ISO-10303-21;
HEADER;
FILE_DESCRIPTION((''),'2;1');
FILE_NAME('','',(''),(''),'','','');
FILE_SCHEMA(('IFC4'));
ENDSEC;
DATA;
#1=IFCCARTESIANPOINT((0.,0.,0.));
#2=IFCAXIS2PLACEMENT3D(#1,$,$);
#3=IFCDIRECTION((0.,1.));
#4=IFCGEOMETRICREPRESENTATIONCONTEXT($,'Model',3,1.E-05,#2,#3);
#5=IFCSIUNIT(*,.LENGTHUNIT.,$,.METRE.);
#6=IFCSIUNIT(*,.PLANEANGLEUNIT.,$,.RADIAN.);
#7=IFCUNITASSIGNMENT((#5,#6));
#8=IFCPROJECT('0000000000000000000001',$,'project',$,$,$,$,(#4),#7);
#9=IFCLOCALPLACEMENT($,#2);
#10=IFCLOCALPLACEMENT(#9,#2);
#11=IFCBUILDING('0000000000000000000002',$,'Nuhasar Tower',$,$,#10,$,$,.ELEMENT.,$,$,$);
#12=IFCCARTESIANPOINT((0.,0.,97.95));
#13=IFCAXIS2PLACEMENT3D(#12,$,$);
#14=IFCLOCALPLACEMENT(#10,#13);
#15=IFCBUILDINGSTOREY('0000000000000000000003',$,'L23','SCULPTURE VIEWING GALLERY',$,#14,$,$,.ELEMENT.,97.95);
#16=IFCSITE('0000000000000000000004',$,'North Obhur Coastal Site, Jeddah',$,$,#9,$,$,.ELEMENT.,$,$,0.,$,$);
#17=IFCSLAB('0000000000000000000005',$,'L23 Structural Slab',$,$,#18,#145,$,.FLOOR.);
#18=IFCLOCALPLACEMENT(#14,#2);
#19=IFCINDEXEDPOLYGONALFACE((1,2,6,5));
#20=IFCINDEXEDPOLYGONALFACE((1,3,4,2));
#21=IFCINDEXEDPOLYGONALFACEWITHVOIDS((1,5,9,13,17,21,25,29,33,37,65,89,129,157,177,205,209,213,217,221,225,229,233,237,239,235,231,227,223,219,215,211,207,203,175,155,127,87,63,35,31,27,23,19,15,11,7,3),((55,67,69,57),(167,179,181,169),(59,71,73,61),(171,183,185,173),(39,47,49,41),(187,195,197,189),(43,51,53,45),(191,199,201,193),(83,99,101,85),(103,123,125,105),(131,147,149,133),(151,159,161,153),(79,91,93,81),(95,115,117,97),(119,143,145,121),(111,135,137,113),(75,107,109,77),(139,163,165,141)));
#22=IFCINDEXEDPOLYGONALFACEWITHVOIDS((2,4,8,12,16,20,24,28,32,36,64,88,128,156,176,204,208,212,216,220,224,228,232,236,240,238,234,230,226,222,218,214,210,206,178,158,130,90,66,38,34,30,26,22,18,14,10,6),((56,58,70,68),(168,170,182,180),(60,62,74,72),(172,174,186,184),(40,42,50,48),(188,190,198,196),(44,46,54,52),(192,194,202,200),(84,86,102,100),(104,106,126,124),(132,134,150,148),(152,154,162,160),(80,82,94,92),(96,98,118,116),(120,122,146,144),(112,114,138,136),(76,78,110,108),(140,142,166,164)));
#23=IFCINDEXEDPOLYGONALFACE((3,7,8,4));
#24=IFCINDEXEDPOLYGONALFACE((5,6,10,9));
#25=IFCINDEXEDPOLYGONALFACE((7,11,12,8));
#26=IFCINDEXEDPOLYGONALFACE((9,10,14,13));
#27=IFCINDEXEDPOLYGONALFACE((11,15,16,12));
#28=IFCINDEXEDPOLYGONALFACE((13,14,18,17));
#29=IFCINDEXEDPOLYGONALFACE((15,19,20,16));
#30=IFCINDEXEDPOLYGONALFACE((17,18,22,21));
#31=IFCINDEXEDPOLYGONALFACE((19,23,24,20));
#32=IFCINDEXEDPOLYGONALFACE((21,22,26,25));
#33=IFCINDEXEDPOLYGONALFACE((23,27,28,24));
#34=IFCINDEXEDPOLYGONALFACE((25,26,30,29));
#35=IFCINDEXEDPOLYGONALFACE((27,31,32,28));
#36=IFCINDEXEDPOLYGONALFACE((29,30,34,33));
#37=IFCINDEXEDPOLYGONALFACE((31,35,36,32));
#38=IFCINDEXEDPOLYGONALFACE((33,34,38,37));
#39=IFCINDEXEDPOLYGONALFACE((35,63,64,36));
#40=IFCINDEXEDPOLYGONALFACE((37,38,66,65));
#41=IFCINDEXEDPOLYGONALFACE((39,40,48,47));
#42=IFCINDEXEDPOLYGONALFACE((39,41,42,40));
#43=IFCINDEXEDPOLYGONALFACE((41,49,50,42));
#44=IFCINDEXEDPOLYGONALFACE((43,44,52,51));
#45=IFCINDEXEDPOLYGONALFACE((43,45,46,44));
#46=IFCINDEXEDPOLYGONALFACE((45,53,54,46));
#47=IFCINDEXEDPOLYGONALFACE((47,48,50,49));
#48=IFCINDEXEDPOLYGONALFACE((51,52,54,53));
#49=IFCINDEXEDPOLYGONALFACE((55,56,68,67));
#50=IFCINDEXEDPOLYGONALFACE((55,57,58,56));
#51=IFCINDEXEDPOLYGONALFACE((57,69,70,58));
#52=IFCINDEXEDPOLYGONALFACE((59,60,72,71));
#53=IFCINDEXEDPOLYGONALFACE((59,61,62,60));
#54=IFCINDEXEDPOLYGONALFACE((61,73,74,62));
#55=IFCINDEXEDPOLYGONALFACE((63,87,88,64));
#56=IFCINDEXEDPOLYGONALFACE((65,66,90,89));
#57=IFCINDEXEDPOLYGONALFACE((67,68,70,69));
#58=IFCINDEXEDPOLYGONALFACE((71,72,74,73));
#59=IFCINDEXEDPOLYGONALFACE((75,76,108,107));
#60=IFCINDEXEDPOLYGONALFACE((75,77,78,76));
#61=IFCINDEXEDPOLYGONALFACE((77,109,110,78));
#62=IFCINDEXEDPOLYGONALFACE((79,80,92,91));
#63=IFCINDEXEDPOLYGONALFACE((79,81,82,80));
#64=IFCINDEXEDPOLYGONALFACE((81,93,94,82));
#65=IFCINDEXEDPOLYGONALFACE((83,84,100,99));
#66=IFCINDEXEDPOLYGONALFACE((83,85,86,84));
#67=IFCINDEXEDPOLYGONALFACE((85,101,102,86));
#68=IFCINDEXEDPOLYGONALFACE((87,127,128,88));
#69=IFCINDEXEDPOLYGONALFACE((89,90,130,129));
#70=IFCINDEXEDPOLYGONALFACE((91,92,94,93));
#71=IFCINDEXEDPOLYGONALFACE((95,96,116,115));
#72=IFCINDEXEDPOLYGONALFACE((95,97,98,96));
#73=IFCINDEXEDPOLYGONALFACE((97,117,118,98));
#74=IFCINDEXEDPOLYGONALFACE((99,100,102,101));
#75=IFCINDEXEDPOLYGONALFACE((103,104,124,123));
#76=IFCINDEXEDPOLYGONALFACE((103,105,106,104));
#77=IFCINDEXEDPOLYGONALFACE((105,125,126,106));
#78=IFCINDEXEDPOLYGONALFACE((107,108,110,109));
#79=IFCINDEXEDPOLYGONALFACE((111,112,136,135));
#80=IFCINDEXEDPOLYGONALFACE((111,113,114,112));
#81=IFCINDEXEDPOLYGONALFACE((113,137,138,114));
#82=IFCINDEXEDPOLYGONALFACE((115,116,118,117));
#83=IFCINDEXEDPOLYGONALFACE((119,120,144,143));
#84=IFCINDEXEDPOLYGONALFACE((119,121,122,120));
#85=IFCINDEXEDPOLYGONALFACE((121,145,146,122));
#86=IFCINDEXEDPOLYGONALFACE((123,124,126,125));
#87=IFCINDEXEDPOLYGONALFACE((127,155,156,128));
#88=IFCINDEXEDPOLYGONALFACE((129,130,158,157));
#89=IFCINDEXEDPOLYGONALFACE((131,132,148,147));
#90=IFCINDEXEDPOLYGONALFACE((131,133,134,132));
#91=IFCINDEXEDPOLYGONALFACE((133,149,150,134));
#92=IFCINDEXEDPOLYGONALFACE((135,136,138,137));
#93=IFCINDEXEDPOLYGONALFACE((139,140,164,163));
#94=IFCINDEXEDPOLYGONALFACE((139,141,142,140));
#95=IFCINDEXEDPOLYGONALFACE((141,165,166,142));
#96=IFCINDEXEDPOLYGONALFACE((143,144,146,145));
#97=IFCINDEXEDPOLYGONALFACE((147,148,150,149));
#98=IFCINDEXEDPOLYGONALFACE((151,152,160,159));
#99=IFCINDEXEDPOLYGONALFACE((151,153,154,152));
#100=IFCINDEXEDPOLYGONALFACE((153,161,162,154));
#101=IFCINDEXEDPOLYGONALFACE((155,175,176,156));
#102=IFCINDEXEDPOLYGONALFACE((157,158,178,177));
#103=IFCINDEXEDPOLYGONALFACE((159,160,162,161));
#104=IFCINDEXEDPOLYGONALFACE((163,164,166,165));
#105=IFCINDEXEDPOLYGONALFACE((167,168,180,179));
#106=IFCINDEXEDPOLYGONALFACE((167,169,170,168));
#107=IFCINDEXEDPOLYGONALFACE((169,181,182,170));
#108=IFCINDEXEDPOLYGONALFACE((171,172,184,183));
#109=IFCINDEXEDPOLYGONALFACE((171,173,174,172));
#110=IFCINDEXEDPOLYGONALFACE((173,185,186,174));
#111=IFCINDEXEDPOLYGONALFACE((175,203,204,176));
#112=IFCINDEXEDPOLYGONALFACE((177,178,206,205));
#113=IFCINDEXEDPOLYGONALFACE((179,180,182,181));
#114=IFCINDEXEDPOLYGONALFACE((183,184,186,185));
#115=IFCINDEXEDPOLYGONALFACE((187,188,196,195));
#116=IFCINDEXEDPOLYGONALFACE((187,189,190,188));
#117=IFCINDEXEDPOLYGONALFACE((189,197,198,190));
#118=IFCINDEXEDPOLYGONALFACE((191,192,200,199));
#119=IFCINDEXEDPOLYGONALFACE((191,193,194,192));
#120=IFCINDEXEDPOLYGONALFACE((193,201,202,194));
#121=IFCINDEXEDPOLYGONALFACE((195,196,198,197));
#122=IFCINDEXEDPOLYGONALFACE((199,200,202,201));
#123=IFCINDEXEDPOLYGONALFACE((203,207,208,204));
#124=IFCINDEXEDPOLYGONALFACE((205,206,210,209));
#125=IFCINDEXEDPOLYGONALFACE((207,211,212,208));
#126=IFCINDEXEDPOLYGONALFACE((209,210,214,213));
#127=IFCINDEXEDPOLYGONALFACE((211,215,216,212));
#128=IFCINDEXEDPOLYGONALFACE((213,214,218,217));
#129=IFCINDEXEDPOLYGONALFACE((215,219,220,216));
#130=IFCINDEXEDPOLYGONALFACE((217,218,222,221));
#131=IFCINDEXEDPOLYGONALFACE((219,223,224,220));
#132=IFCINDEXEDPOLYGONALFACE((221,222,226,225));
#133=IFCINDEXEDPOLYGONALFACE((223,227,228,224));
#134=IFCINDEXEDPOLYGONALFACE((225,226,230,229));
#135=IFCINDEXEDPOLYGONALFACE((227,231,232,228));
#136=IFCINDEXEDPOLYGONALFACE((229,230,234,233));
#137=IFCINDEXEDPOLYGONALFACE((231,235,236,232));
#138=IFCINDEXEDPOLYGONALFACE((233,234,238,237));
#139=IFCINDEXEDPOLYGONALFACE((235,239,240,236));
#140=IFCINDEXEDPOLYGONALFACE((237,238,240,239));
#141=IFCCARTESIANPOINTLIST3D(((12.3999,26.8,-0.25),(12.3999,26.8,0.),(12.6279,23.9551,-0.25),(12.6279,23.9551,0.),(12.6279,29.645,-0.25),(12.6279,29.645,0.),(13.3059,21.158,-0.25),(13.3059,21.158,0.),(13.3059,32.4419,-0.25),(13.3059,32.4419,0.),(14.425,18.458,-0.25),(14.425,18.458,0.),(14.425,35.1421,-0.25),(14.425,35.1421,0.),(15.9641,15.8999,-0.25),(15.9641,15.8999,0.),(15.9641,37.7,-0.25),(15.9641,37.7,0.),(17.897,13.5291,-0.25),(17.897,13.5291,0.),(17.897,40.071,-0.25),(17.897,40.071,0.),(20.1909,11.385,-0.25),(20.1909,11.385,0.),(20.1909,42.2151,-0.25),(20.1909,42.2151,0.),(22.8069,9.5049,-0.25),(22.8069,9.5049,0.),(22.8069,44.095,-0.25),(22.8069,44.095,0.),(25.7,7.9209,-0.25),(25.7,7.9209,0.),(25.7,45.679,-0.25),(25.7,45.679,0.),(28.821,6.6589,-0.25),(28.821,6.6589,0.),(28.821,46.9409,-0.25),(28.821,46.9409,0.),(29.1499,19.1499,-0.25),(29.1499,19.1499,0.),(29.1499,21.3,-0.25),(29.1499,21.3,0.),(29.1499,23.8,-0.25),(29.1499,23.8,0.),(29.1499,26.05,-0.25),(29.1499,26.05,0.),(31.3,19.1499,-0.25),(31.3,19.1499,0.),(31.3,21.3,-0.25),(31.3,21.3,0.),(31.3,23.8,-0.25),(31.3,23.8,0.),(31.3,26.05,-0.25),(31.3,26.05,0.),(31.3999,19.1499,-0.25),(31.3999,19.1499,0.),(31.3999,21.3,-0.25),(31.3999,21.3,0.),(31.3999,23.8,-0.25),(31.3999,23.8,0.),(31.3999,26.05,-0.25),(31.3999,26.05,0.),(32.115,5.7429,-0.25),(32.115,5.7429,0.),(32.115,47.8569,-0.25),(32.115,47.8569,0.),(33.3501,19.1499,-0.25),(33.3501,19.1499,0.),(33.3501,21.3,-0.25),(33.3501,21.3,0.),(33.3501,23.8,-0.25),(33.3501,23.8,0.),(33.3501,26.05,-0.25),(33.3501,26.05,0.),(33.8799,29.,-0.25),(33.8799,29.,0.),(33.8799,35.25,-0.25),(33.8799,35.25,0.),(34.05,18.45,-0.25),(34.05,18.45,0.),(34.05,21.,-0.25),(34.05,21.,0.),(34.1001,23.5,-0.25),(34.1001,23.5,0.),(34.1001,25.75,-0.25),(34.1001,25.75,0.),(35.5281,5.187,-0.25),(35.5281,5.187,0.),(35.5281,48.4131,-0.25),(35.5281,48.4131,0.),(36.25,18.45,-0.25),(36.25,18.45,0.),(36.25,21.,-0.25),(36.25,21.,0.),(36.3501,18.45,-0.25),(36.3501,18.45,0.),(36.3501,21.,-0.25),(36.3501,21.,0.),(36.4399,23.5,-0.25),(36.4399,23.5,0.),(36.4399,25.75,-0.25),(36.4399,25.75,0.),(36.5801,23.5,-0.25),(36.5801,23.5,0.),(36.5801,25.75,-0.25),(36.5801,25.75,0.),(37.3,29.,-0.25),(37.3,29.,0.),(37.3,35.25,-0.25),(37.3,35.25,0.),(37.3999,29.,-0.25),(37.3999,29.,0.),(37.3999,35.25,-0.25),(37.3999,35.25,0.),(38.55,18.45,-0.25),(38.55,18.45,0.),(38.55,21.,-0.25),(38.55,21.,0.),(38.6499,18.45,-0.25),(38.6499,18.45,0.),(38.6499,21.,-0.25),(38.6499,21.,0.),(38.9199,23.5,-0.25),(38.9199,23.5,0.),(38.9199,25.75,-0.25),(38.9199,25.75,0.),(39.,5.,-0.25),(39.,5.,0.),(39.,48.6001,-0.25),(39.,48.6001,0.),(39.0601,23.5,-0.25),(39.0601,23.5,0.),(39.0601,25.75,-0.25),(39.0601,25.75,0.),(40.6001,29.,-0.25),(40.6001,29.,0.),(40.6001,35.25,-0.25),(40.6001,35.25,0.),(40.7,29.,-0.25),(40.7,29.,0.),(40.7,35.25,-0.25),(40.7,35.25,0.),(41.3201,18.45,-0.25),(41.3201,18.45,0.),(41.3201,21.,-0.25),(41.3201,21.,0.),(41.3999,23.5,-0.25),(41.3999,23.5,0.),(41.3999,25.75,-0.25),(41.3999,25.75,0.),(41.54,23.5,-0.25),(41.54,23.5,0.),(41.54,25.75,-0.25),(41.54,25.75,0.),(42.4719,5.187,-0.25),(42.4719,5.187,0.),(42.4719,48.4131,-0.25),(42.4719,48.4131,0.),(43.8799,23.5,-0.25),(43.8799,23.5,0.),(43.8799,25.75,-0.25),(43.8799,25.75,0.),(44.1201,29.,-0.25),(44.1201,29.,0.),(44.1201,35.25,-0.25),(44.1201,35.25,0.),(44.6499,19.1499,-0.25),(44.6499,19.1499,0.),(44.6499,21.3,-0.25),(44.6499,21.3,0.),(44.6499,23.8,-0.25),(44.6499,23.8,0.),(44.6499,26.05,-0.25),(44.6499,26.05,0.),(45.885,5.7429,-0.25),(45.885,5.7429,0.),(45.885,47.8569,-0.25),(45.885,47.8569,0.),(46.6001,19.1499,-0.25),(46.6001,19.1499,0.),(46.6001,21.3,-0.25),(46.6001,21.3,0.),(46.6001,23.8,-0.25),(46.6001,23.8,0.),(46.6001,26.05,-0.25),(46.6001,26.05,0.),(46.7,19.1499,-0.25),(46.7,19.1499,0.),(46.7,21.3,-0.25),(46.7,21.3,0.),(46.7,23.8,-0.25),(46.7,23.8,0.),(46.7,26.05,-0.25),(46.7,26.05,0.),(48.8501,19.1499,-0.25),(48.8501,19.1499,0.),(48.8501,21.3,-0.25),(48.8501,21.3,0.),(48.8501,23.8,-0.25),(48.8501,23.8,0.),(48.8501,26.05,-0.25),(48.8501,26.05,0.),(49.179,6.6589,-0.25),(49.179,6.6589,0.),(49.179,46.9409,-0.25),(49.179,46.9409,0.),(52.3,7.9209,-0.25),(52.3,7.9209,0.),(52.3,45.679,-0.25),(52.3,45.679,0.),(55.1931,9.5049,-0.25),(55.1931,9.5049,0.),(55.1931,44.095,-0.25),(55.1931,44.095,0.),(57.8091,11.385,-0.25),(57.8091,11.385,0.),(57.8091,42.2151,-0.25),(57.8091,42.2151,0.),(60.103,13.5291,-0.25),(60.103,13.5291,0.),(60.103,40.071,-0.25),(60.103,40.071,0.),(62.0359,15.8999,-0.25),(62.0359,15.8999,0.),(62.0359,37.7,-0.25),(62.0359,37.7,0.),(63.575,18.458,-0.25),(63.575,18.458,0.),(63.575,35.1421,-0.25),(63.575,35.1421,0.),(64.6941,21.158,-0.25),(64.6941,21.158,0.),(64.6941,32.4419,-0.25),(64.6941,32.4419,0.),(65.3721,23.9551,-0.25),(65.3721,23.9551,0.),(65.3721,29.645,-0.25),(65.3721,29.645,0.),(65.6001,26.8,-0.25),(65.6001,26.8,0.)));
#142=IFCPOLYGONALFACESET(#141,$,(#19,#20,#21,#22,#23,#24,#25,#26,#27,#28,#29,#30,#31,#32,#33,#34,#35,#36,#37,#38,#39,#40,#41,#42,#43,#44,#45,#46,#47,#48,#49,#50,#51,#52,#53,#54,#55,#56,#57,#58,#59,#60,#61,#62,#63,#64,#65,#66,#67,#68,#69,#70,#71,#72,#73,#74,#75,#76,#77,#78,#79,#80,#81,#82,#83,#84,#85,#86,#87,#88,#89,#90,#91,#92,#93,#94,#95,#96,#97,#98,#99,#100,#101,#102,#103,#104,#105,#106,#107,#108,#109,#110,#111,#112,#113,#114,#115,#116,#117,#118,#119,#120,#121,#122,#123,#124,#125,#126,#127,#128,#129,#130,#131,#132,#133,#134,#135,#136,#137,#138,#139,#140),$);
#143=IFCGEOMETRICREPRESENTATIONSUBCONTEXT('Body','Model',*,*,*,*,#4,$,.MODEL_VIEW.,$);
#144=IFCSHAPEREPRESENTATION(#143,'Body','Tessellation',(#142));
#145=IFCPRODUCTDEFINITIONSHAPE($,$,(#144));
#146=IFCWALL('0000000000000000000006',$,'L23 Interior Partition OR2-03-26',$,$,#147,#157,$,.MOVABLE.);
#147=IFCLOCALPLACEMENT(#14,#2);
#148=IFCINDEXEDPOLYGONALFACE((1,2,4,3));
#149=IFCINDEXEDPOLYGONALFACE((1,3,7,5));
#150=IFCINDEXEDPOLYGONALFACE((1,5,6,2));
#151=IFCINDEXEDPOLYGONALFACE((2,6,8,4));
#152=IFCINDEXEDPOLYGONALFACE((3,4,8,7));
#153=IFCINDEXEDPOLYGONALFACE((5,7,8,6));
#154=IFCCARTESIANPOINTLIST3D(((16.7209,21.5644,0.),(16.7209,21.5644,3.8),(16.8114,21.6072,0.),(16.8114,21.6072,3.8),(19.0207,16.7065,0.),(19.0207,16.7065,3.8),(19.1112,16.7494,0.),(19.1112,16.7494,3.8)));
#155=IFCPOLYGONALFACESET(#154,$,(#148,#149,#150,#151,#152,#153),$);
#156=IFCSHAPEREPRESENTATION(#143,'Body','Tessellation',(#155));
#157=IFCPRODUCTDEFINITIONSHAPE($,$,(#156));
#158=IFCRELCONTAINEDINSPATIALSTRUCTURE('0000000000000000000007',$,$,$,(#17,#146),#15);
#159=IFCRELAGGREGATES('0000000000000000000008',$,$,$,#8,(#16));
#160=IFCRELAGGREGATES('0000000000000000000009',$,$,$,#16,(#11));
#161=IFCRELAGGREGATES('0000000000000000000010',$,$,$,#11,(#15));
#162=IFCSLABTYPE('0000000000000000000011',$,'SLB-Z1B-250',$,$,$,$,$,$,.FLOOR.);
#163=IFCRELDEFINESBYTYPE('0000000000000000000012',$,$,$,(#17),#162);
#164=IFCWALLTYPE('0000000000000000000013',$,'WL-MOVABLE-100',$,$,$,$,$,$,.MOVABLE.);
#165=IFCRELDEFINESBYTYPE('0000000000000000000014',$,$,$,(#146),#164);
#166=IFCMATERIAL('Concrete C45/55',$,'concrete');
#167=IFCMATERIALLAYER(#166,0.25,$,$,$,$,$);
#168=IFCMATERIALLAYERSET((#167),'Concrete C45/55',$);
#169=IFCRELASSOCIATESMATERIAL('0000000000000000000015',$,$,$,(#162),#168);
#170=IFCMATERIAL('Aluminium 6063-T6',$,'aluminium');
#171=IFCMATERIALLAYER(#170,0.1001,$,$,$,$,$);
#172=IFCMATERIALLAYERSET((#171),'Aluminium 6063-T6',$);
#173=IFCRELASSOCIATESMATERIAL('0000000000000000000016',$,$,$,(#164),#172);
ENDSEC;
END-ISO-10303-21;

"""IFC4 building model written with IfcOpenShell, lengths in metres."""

from ifc_helpers import new_model, si_unit, direction, frame, frame_2d, origin, place, context, subcontext, project, spatial, polyline, rectangle, outline, extrude, material, layer, layer_set, type_object, element, save


model = new_model("IFC4")

# Units and contexts
model_context = context("Model", 3, precision=1e-05, world=origin(), true_north=direction((0.0, 1.0)))
body_context = subcontext(model_context, "Body", "Model", "MODEL_VIEW")
ifc_project = project(units=[si_unit("LENGTHUNIT", "METRE"), si_unit("PLANEANGLEUNIT", "RADIAN")], contexts=[model_context])

# Site, building, storey
site_placement = place(None, origin())
site = spatial("IfcSite", under=ifc_project, at=site_placement, Name="North Obhur Coastal Site, Jeddah", CompositionType="ELEMENT", RefElevation=0.0)
building_placement = place(site_placement, origin())
building = spatial("IfcBuilding", under=site, at=building_placement, Name="Nuhasar Tower", CompositionType="ELEMENT")
storey_placement = place(building_placement, frame((0.0, 0.0, 97.95)))
storey = spatial("IfcBuildingStorey", under=building, at=storey_placement, Name="L23", Description="SCULPTURE VIEWING GALLERY", CompositionType="ELEMENT", Elevation=97.95)

# Shared definitions
ifc_material_1 = material(Name="Aluminium 6063-T6", Category="aluminium")

# Shared definitions
ifc_material_2 = material(Name="Concrete C45/55", Category="concrete")

# Slab
ifc_layer_1 = layer(ifc_material_2, 0.25)
ifc_layer_set_1 = layer_set([ifc_layer_1], Name="Concrete C45/55")
slab_type_1 = type_object("IfcSlabType", Name="SLB-Z1B-250", PredefinedType="FLOOR", material=ifc_layer_set_1)
slab_1_placement = place(storey_placement, frame((0.0, 0.0, -0.25)))
element("IfcSlab", 1, at=slab_1_placement, inside=storey, type_object=slab_type_1, Name="L23 Structural Slab", PredefinedType="FLOOR", context=body_context, shape_type="SweptSolid", body=[
    extrude(outline(polyline([(65.6001, 26.8), (65.3721, 29.645), (64.6941, 32.4419), (63.575, 35.1421), (62.0359, 37.7), (60.103, 40.071), (57.8091, 42.2151), (55.1931, 44.095), (52.3, 45.679), (49.179, 46.9409), (45.885, 47.8569), (42.4719, 48.4131), (39.0, 48.6001), (35.5281, 48.4131), (32.115, 47.8569), (28.821, 46.9409), (25.7, 45.679), (22.8069, 44.095), (20.1909, 42.2151), (17.897, 40.071), (15.9641, 37.7), (14.425, 35.1421), (13.3059, 32.4419), (12.6279, 29.645), (12.3999, 26.8), (12.6279, 23.9551), (13.3059, 21.158), (14.425, 18.458), (15.9641, 15.8999), (17.897, 13.5291), (20.1909, 11.385), (22.8069, 9.5049), (25.7, 7.9209), (28.821, 6.6589), (32.115, 5.7429), (35.5281, 5.187), (39.0, 5.0), (42.4719, 5.187), (45.885, 5.7429), (49.179, 6.6589), (52.3, 7.9209), (55.1931, 9.5049), (57.8091, 11.385), (60.103, 13.5291), (62.0359, 15.8999), (63.575, 18.458), (64.6941, 21.158), (65.3721, 23.9551), (65.6001, 26.8)]), holes=[polyline([(33.8799, 35.25), (37.3, 35.25), (37.3, 29.0), (33.8799, 29.0), (33.8799, 35.25)]), polyline([(37.3999, 35.25), (40.6001, 35.25), (40.6001, 29.0), (37.3999, 29.0), (37.3999, 35.25)]), polyline([(40.7, 35.25), (44.1201, 35.25), (44.1201, 29.0), (40.7, 29.0), (40.7, 35.25)]), polyline([(29.1499, 26.05), (31.3, 26.05), (31.3, 23.8), (29.1499, 23.8), (29.1499, 26.05)]), polyline([(31.3999, 26.05), (33.3501, 26.05), (33.3501, 23.8), (31.3999, 23.8), (31.3999, 26.05)]), polyline([(29.1499, 21.3), (31.3, 21.3), (31.3, 19.1499), (29.1499, 19.1499), (29.1499, 21.3)]), polyline([(31.3999, 21.3), (33.3501, 21.3), (33.3501, 19.1499), (31.3999, 19.1499), (31.3999, 21.3)]), polyline([(44.6499, 26.05), (46.6001, 26.05), (46.6001, 23.8), (44.6499, 23.8), (44.6499, 26.05)]), polyline([(46.7, 26.05), (48.8501, 26.05), (48.8501, 23.8), (46.7, 23.8), (46.7, 26.05)]), polyline([(44.6499, 21.3), (46.6001, 21.3), (46.6001, 19.1499), (44.6499, 19.1499), (44.6499, 21.3)]), polyline([(46.7, 21.3), (48.8501, 21.3), (48.8501, 19.1499), (46.7, 19.1499), (46.7, 21.3)]), polyline([(34.1001, 25.75), (36.4399, 25.75), (36.4399, 23.5), (34.1001, 23.5), (34.1001, 25.75)]), polyline([(36.5801, 25.75), (38.9199, 25.75), (38.9199, 23.5), (36.5801, 23.5), (36.5801, 25.75)]), polyline([(39.0601, 25.75), (41.3999, 25.75), (41.3999, 23.5), (39.0601, 23.5), (39.0601, 25.75)]), polyline([(41.54, 25.75), (43.8799, 25.75), (43.8799, 23.5), (41.54, 23.5), (41.54, 25.75)]), polyline([(34.05, 21.0), (36.25, 21.0), (36.25, 18.45), (34.05, 18.45), (34.05, 21.0)]), polyline([(36.3501, 21.0), (38.55, 21.0), (38.55, 18.45), (36.3501, 18.45), (36.3501, 21.0)]), polyline([(38.6499, 21.0), (41.3201, 21.0), (41.3201, 18.45), (38.6499, 18.45), (38.6499, 21.0)])]), origin(), (0.0, 0.0, 1.0), 0.25),
])

# Wall
ifc_layer_2 = layer(ifc_material_1, 0.1001)
ifc_layer_set_2 = layer_set([ifc_layer_2], Name="Aluminium 6063-T6")
wall_type_1 = type_object("IfcWallType", Name="WL-MOVABLE-100", PredefinedType="MOVABLE", material=ifc_layer_set_2)
wall_1_placement = place(storey_placement, frame((16.7661, 21.5859, 0.0), z_axis=(0.0, 0.0, 1.0), x_axis=(0.427887, -0.903832, 0.0)))
element("IfcWall", 2, at=wall_1_placement, inside=storey, type_object=wall_type_1, Name="L23 Interior Partition OR2-03-26", PredefinedType="MOVABLE", context=body_context, shape_type="SweptSolid", body=[
    extrude(rectangle(XDim=5.3748, YDim=0.1001, at=frame_2d((2.6875, 0.0))), origin(), (0.0, 0.0, 1.0), 3.8),
])

save(model, "model.ifc")
